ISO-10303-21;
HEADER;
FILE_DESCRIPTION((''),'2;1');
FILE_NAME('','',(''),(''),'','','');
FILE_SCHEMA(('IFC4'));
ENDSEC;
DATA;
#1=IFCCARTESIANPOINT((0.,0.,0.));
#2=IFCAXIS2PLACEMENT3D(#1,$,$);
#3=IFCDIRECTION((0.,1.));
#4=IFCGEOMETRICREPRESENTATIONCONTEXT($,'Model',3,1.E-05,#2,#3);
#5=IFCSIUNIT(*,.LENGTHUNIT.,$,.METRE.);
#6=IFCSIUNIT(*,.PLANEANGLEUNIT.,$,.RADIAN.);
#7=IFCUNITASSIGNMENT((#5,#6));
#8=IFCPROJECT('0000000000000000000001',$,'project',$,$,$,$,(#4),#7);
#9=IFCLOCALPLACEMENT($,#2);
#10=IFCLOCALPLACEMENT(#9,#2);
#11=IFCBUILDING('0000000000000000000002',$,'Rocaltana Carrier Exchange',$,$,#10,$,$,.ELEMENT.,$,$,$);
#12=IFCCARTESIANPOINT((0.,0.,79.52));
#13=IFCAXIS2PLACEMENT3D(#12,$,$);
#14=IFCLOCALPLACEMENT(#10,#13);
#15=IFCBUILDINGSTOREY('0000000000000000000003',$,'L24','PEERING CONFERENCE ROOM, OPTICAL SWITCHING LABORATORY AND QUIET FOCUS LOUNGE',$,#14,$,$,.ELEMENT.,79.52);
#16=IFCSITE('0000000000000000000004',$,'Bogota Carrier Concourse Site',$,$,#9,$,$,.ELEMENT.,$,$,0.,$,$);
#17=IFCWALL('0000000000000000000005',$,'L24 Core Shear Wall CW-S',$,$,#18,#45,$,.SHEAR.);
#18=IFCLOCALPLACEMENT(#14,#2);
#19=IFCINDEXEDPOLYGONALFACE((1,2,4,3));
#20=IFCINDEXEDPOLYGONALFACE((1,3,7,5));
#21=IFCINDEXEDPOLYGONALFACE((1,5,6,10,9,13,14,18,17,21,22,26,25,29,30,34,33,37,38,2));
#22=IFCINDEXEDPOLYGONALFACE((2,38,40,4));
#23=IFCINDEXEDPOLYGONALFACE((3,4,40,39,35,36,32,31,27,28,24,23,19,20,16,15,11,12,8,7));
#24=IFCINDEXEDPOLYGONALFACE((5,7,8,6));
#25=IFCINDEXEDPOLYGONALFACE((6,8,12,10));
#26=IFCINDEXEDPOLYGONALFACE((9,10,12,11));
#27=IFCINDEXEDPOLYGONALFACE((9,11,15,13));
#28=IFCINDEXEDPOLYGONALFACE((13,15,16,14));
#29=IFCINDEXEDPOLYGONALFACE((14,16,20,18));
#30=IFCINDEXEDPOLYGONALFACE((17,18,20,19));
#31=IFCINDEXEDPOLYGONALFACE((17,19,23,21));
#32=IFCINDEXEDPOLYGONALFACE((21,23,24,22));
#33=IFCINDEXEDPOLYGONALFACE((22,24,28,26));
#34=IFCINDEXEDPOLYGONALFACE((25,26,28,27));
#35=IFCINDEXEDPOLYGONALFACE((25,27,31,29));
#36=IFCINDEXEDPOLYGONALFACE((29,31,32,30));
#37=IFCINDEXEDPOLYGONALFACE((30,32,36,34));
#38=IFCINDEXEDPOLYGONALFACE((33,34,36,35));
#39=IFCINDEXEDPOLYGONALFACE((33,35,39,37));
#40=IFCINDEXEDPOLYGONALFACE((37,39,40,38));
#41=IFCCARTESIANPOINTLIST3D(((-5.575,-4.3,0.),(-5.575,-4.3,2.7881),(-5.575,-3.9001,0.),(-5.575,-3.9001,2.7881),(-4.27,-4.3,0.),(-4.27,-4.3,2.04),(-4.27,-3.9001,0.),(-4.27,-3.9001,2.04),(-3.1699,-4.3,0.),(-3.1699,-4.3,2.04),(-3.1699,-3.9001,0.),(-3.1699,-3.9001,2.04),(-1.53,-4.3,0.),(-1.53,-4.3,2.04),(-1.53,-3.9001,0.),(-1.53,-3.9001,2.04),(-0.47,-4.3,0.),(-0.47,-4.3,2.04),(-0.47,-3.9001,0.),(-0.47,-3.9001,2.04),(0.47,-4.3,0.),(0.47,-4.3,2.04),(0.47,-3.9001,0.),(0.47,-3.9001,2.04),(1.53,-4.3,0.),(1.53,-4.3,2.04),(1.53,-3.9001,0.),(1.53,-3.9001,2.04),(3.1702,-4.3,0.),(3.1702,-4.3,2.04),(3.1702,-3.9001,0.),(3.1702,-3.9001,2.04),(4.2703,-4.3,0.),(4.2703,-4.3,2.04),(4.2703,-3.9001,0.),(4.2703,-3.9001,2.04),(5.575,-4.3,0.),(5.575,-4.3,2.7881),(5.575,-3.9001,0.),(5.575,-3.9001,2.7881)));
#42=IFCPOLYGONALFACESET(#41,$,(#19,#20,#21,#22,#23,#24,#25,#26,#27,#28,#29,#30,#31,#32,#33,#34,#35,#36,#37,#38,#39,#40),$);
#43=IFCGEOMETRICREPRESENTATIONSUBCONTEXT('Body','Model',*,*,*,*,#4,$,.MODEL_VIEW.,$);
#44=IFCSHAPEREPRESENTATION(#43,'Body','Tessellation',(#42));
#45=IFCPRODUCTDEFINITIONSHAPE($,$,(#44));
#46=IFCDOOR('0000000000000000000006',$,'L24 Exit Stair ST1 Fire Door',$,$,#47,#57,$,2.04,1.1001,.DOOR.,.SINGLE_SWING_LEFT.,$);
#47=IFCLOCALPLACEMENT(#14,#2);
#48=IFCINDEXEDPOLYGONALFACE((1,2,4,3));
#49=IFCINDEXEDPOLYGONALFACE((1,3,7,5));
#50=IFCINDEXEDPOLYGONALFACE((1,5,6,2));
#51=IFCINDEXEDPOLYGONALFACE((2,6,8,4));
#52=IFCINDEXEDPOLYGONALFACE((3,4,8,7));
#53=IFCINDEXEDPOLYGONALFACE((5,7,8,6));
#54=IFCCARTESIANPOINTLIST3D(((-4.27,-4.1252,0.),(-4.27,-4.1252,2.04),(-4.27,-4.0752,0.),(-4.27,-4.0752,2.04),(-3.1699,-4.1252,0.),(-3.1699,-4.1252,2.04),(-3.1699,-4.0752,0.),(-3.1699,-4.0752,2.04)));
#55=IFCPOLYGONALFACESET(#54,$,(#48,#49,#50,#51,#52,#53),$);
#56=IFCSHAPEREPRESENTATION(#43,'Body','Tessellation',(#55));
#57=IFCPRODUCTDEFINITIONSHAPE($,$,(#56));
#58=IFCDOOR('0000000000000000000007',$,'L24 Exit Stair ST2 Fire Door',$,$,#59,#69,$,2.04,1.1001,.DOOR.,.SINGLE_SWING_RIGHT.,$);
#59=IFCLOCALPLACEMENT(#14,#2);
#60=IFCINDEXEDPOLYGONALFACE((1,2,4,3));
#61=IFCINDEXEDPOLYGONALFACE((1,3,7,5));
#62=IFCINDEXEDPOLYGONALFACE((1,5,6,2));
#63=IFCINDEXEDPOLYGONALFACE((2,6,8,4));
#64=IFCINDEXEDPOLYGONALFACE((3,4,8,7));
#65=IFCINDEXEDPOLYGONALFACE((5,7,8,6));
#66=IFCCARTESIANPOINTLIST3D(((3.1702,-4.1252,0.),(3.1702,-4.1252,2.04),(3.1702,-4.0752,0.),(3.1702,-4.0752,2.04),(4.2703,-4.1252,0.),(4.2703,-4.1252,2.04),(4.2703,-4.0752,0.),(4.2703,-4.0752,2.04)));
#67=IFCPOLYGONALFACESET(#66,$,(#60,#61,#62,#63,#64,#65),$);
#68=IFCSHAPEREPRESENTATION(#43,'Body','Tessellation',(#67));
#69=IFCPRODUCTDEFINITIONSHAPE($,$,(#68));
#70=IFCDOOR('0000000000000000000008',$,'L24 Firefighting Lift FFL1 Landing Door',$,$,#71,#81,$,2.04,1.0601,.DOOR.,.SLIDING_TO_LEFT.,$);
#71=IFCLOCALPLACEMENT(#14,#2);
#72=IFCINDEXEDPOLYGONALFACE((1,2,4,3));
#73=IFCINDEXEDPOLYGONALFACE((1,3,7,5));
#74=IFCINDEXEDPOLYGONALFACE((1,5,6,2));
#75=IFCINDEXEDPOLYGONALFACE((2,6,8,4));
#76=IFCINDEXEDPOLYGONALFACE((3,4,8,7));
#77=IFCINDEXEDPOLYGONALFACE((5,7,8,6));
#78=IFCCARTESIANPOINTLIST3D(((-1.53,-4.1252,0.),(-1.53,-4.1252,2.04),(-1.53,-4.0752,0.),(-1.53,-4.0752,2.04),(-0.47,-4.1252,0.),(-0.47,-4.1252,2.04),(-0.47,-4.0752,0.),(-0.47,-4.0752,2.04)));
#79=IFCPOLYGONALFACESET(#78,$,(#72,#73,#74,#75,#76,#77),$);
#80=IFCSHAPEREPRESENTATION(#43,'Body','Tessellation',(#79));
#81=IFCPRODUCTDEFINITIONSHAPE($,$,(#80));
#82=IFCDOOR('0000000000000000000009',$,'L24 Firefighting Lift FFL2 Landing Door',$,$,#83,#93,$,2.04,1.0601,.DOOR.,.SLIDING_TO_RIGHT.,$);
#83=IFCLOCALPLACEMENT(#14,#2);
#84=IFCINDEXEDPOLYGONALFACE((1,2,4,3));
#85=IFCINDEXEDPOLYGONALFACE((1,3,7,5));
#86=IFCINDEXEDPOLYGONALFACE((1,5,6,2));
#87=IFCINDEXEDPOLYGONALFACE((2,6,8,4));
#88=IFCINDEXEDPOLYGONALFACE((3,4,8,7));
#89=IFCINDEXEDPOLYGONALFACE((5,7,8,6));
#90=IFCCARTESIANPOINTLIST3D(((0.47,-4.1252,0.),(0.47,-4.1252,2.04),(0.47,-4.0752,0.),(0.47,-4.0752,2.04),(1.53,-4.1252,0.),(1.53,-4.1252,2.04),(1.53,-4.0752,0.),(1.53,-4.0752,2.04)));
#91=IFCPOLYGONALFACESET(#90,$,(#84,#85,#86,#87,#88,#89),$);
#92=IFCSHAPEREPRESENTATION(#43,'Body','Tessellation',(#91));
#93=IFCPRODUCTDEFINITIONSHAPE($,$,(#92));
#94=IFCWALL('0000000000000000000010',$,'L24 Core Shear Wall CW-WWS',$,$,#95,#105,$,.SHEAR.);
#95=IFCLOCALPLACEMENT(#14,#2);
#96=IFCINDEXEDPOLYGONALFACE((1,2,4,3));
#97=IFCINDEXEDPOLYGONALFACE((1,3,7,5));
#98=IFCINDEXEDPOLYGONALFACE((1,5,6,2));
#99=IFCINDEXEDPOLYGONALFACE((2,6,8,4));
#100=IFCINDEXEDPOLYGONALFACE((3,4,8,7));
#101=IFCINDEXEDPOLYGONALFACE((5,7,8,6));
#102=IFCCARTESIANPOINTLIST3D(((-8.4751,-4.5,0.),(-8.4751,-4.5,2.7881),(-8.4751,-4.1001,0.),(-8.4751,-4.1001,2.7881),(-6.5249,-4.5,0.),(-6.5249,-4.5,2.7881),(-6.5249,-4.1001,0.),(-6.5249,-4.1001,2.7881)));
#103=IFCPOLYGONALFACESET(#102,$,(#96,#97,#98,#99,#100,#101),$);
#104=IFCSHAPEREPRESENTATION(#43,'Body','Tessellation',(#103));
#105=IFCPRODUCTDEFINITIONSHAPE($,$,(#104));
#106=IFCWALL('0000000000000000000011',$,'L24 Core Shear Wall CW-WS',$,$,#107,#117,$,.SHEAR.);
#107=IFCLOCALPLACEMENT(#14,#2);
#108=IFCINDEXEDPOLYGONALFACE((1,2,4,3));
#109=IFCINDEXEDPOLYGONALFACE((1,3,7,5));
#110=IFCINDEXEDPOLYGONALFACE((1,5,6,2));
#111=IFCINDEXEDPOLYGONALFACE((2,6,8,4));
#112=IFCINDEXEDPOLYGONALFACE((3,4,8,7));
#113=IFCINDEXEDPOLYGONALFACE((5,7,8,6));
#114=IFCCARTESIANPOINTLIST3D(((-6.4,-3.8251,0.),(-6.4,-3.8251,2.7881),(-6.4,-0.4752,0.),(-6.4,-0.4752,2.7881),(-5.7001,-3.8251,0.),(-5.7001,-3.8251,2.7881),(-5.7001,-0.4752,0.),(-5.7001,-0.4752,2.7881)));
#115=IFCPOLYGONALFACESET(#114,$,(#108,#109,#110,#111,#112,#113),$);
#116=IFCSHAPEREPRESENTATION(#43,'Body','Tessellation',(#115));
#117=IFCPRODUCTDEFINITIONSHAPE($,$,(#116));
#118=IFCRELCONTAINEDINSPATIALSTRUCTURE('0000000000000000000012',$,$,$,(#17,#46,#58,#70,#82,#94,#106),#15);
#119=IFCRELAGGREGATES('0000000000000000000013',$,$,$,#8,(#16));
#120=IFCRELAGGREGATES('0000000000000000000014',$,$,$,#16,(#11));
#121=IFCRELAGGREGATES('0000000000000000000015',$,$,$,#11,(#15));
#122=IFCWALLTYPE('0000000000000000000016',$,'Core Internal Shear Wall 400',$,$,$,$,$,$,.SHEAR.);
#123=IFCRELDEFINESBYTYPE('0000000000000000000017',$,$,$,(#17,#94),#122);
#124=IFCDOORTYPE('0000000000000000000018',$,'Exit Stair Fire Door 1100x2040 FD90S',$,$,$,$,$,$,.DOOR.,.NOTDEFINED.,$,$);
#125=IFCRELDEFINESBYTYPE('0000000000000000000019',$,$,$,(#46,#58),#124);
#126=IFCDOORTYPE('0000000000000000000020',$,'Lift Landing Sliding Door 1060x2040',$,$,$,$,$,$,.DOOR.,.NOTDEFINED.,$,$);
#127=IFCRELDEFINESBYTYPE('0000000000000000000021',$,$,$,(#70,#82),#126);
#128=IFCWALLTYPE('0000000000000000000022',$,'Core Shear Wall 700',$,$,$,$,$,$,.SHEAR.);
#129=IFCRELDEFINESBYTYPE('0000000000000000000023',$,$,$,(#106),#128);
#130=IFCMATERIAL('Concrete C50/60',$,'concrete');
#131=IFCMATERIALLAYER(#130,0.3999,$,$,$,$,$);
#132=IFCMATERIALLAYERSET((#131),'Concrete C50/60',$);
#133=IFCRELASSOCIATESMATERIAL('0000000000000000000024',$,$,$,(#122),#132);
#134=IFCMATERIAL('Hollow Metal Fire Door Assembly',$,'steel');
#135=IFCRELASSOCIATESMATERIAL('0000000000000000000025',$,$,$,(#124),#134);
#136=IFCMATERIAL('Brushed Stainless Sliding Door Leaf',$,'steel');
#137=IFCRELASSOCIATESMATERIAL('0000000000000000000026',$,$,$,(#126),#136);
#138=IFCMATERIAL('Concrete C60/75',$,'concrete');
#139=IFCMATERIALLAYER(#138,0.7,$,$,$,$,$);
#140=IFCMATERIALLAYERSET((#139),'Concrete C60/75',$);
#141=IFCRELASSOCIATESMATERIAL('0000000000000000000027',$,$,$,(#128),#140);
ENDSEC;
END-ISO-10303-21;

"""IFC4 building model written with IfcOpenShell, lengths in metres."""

from ifc_helpers import new_model, si_unit, direction, frame, frame_2d, origin, place, context, subcontext, project, spatial, rectangle, extrude, material, layer, layer_set, type_object, element, fill, save


model = new_model("IFC4")

# Units and contexts
model_context = context("Model", 3, precision=1e-05, world=origin(), true_north=direction((0.0, 1.0)))
body_context = subcontext(model_context, "Body", "Model", "MODEL_VIEW")
ifc_project = project(units=[si_unit("LENGTHUNIT", "METRE"), si_unit("PLANEANGLEUNIT", "RADIAN")], contexts=[model_context])

# Site, building, storey
site_placement = place(None, origin())
site = spatial("IfcSite", under=ifc_project, at=site_placement, Name="Bogota Carrier Concourse Site", CompositionType="ELEMENT", RefElevation=0.0)
building_placement = place(site_placement, origin())
building = spatial("IfcBuilding", under=site, at=building_placement, Name="Rocaltana Carrier Exchange", CompositionType="ELEMENT")
storey_placement = place(building_placement, frame((0.0, 0.0, 79.52)))
storey = spatial("IfcBuildingStorey", under=building, at=storey_placement, Name="L24", Description="PEERING CONFERENCE ROOM, OPTICAL SWITCHING LABORATORY AND QUIET FOCUS LOUNGE", CompositionType="ELEMENT", Elevation=79.52)

# Wall, openings, doors
ifc_material_1 = material(Name="Concrete C50/60", Category="concrete")
ifc_layer_1 = layer(ifc_material_1, 0.3999)
ifc_layer_set_1 = layer_set([ifc_layer_1], Name="Concrete C50/60")
wall_type_1 = type_object("IfcWallType", Name="Core Internal Shear Wall 400", PredefinedType="SHEAR", material=ifc_layer_set_1)
wall_1_placement = place(storey_placement, frame((-5.575, -4.1001, 0.0), z_axis=(0.0, 0.0, 1.0), x_axis=(1.0, 0.0, 0.0)))
wall_1 = element("IfcWall", 1, at=wall_1_placement, inside=storey, type_object=wall_type_1, Name="L24 Core Shear Wall CW-S", PredefinedType="SHEAR", context=body_context, shape_type="SweptSolid", body=[
    extrude(rectangle(XDim=11.1499, YDim=0.3999, at=frame_2d((5.575, 0.0))), origin(), (0.0, 0.0, 1.0), 2.7881),
])
opening_1_placement = place(wall_1_placement, frame((1.3049, 0.0, 0.0)))
opening_1 = element("IfcOpeningElement", 2, at=opening_1_placement, cuts=wall_1, PredefinedType="OPENING", context=body_context, shape_type="SweptSolid", body=[
    extrude(rectangle(XDim=1.1001, YDim=2.04, at=frame_2d((0.55, 1.02))), frame((0.0, 0.21, 0.0), z_axis=(0.0, -1.0, 0.0), x_axis=(1.0, 0.0, 0.0)), (0.0, 0.0, 1.0), 0.4199),
])
opening_2_placement = place(wall_1_placement, frame((8.7451, 0.0, 0.0)))
opening_2 = element("IfcOpeningElement", 3, at=opening_2_placement, cuts=wall_1, PredefinedType="OPENING", context=body_context, shape_type="SweptSolid", body=[
    extrude(rectangle(XDim=1.1001, YDim=2.04, at=frame_2d((0.55, 1.02))), frame((0.0, 0.21, 0.0), z_axis=(0.0, -1.0, 0.0), x_axis=(1.0, 0.0, 0.0)), (0.0, 0.0, 1.0), 0.4199),
])
opening_3_placement = place(wall_1_placement, frame((4.0449, 0.0, 0.0)))
opening_3 = element("IfcOpeningElement", 4, at=opening_3_placement, cuts=wall_1, PredefinedType="OPENING", context=body_context, shape_type="SweptSolid", body=[
    extrude(rectangle(XDim=1.0601, YDim=2.04, at=frame_2d((0.53, 1.02))), frame((0.0, 0.21, 0.0), z_axis=(0.0, -1.0, 0.0), x_axis=(1.0, 0.0, 0.0)), (0.0, 0.0, 1.0), 0.4199),
])
opening_4_placement = place(wall_1_placement, frame((6.0449, 0.0, 0.0)))
opening_4 = element("IfcOpeningElement", 5, at=opening_4_placement, cuts=wall_1, PredefinedType="OPENING", context=body_context, shape_type="SweptSolid", body=[
    extrude(rectangle(XDim=1.0601, YDim=2.04, at=frame_2d((0.53, 1.02))), frame((0.0, 0.21, 0.0), z_axis=(0.0, -1.0, 0.0), x_axis=(1.0, 0.0, 0.0)), (0.0, 0.0, 1.0), 0.4199),
])
ifc_material_2 = material(Name="Hollow Metal Fire Door Assembly", Category="steel")
door_type_1 = type_object("IfcDoorType", Name="Exit Stair Fire Door 1100x2040 FD90S", OperationType="NOTDEFINED", PredefinedType="DOOR", material=ifc_material_2)
door_1_placement = place(opening_1_placement, origin())
door_1 = element("IfcDoor", 6, at=door_1_placement, inside=storey, type_object=door_type_1, Name="L24 Exit Stair ST1 Fire Door", OperationType="SINGLE_SWING_LEFT", OverallHeight=2.04, OverallWidth=1.1001, PredefinedType="DOOR", context=body_context, shape_type="SweptSolid", body=[
    extrude(rectangle(XDim=1.1001, YDim=2.04, at=frame_2d((0.55, 1.02))), frame((0.0, 0.0249, 0.0), z_axis=(0.0, -1.0, 0.0), x_axis=(1.0, 0.0, 0.0)), (0.0, 0.0, 1.0), 0.05),
])
fill(opening_1, door_1)
door_2_placement = place(opening_2_placement, origin())
door_2 = element("IfcDoor", 7, at=door_2_placement, inside=storey, type_object=door_type_1, Name="L24 Exit Stair ST2 Fire Door", OperationType="SINGLE_SWING_RIGHT", OverallHeight=2.04, OverallWidth=1.1001, PredefinedType="DOOR", context=body_context, shape_type="SweptSolid", body=[
    extrude(rectangle(XDim=1.1001, YDim=2.04, at=frame_2d((0.55, 1.02))), frame((0.0, 0.0249, 0.0), z_axis=(0.0, -1.0, 0.0), x_axis=(1.0, 0.0, 0.0)), (0.0, 0.0, 1.0), 0.05),
])
fill(opening_2, door_2)
ifc_material_3 = material(Name="Brushed Stainless Sliding Door Leaf", Category="steel")
door_type_2 = type_object("IfcDoorType", Name="Lift Landing Sliding Door 1060x2040", OperationType="NOTDEFINED", PredefinedType="DOOR", material=ifc_material_3)
door_3_placement = place(opening_3_placement, origin())
door_3 = element("IfcDoor", 8, at=door_3_placement, inside=storey, type_object=door_type_2, Name="L24 Firefighting Lift FFL1 Landing Door", OperationType="SLIDING_TO_LEFT", OverallHeight=2.04, OverallWidth=1.0601, PredefinedType="DOOR", context=body_context, shape_type="SweptSolid", body=[
    extrude(rectangle(XDim=1.0601, YDim=2.04, at=frame_2d((0.53, 1.02))), frame((0.0, 0.0249, 0.0), z_axis=(0.0, -1.0, 0.0), x_axis=(1.0, 0.0, 0.0)), (0.0, 0.0, 1.0), 0.05),
])
fill(opening_3, door_3)
door_4_placement = place(opening_4_placement, origin())
door_4 = element("IfcDoor", 9, at=door_4_placement, inside=storey, type_object=door_type_2, Name="L24 Firefighting Lift FFL2 Landing Door", OperationType="SLIDING_TO_RIGHT", OverallHeight=2.04, OverallWidth=1.0601, PredefinedType="DOOR", context=body_context, shape_type="SweptSolid", body=[
    extrude(rectangle(XDim=1.0601, YDim=2.04, at=frame_2d((0.53, 1.02))), frame((0.0, 0.0249, 0.0), z_axis=(0.0, -1.0, 0.0), x_axis=(1.0, 0.0, 0.0)), (0.0, 0.0, 1.0), 0.05),
])
fill(opening_4, door_4)

# Walls
wall_2_placement = place(storey_placement, frame((-8.4751, -4.3, 0.0), z_axis=(0.0, 0.0, 1.0), x_axis=(1.0, 0.0, 0.0)))
element("IfcWall", 10, at=wall_2_placement, inside=storey, type_object=wall_type_1, Name="L24 Core Shear Wall CW-WWS", PredefinedType="SHEAR", context=body_context, shape_type="SweptSolid", body=[
    extrude(rectangle(XDim=1.9502, YDim=0.3999, at=frame_2d((0.9751, 0.0))), origin(), (0.0, 0.0, 1.0), 2.7881),
])
ifc_material_4 = material(Name="Concrete C60/75", Category="concrete")
ifc_layer_2 = layer(ifc_material_4, 0.7)
ifc_layer_set_2 = layer_set([ifc_layer_2], Name="Concrete C60/75")
wall_type_2 = type_object("IfcWallType", Name="Core Shear Wall 700", PredefinedType="SHEAR", material=ifc_layer_set_2)
wall_3_placement = place(storey_placement, frame((-6.05, -3.825, 0.0), z_axis=(0.0, 0.0, 1.0), x_axis=(0.0, 1.0, 0.0)))
element("IfcWall", 11, at=wall_3_placement, inside=storey, type_object=wall_type_2, Name="L24 Core Shear Wall CW-WS", PredefinedType="SHEAR", context=body_context, shape_type="SweptSolid", body=[
    extrude(rectangle(XDim=3.3499, YDim=0.7, at=frame_2d((1.6748, 0.0))), origin(), (0.0, 0.0, 1.0), 2.7881),
])

save(model, "model.ifc")
